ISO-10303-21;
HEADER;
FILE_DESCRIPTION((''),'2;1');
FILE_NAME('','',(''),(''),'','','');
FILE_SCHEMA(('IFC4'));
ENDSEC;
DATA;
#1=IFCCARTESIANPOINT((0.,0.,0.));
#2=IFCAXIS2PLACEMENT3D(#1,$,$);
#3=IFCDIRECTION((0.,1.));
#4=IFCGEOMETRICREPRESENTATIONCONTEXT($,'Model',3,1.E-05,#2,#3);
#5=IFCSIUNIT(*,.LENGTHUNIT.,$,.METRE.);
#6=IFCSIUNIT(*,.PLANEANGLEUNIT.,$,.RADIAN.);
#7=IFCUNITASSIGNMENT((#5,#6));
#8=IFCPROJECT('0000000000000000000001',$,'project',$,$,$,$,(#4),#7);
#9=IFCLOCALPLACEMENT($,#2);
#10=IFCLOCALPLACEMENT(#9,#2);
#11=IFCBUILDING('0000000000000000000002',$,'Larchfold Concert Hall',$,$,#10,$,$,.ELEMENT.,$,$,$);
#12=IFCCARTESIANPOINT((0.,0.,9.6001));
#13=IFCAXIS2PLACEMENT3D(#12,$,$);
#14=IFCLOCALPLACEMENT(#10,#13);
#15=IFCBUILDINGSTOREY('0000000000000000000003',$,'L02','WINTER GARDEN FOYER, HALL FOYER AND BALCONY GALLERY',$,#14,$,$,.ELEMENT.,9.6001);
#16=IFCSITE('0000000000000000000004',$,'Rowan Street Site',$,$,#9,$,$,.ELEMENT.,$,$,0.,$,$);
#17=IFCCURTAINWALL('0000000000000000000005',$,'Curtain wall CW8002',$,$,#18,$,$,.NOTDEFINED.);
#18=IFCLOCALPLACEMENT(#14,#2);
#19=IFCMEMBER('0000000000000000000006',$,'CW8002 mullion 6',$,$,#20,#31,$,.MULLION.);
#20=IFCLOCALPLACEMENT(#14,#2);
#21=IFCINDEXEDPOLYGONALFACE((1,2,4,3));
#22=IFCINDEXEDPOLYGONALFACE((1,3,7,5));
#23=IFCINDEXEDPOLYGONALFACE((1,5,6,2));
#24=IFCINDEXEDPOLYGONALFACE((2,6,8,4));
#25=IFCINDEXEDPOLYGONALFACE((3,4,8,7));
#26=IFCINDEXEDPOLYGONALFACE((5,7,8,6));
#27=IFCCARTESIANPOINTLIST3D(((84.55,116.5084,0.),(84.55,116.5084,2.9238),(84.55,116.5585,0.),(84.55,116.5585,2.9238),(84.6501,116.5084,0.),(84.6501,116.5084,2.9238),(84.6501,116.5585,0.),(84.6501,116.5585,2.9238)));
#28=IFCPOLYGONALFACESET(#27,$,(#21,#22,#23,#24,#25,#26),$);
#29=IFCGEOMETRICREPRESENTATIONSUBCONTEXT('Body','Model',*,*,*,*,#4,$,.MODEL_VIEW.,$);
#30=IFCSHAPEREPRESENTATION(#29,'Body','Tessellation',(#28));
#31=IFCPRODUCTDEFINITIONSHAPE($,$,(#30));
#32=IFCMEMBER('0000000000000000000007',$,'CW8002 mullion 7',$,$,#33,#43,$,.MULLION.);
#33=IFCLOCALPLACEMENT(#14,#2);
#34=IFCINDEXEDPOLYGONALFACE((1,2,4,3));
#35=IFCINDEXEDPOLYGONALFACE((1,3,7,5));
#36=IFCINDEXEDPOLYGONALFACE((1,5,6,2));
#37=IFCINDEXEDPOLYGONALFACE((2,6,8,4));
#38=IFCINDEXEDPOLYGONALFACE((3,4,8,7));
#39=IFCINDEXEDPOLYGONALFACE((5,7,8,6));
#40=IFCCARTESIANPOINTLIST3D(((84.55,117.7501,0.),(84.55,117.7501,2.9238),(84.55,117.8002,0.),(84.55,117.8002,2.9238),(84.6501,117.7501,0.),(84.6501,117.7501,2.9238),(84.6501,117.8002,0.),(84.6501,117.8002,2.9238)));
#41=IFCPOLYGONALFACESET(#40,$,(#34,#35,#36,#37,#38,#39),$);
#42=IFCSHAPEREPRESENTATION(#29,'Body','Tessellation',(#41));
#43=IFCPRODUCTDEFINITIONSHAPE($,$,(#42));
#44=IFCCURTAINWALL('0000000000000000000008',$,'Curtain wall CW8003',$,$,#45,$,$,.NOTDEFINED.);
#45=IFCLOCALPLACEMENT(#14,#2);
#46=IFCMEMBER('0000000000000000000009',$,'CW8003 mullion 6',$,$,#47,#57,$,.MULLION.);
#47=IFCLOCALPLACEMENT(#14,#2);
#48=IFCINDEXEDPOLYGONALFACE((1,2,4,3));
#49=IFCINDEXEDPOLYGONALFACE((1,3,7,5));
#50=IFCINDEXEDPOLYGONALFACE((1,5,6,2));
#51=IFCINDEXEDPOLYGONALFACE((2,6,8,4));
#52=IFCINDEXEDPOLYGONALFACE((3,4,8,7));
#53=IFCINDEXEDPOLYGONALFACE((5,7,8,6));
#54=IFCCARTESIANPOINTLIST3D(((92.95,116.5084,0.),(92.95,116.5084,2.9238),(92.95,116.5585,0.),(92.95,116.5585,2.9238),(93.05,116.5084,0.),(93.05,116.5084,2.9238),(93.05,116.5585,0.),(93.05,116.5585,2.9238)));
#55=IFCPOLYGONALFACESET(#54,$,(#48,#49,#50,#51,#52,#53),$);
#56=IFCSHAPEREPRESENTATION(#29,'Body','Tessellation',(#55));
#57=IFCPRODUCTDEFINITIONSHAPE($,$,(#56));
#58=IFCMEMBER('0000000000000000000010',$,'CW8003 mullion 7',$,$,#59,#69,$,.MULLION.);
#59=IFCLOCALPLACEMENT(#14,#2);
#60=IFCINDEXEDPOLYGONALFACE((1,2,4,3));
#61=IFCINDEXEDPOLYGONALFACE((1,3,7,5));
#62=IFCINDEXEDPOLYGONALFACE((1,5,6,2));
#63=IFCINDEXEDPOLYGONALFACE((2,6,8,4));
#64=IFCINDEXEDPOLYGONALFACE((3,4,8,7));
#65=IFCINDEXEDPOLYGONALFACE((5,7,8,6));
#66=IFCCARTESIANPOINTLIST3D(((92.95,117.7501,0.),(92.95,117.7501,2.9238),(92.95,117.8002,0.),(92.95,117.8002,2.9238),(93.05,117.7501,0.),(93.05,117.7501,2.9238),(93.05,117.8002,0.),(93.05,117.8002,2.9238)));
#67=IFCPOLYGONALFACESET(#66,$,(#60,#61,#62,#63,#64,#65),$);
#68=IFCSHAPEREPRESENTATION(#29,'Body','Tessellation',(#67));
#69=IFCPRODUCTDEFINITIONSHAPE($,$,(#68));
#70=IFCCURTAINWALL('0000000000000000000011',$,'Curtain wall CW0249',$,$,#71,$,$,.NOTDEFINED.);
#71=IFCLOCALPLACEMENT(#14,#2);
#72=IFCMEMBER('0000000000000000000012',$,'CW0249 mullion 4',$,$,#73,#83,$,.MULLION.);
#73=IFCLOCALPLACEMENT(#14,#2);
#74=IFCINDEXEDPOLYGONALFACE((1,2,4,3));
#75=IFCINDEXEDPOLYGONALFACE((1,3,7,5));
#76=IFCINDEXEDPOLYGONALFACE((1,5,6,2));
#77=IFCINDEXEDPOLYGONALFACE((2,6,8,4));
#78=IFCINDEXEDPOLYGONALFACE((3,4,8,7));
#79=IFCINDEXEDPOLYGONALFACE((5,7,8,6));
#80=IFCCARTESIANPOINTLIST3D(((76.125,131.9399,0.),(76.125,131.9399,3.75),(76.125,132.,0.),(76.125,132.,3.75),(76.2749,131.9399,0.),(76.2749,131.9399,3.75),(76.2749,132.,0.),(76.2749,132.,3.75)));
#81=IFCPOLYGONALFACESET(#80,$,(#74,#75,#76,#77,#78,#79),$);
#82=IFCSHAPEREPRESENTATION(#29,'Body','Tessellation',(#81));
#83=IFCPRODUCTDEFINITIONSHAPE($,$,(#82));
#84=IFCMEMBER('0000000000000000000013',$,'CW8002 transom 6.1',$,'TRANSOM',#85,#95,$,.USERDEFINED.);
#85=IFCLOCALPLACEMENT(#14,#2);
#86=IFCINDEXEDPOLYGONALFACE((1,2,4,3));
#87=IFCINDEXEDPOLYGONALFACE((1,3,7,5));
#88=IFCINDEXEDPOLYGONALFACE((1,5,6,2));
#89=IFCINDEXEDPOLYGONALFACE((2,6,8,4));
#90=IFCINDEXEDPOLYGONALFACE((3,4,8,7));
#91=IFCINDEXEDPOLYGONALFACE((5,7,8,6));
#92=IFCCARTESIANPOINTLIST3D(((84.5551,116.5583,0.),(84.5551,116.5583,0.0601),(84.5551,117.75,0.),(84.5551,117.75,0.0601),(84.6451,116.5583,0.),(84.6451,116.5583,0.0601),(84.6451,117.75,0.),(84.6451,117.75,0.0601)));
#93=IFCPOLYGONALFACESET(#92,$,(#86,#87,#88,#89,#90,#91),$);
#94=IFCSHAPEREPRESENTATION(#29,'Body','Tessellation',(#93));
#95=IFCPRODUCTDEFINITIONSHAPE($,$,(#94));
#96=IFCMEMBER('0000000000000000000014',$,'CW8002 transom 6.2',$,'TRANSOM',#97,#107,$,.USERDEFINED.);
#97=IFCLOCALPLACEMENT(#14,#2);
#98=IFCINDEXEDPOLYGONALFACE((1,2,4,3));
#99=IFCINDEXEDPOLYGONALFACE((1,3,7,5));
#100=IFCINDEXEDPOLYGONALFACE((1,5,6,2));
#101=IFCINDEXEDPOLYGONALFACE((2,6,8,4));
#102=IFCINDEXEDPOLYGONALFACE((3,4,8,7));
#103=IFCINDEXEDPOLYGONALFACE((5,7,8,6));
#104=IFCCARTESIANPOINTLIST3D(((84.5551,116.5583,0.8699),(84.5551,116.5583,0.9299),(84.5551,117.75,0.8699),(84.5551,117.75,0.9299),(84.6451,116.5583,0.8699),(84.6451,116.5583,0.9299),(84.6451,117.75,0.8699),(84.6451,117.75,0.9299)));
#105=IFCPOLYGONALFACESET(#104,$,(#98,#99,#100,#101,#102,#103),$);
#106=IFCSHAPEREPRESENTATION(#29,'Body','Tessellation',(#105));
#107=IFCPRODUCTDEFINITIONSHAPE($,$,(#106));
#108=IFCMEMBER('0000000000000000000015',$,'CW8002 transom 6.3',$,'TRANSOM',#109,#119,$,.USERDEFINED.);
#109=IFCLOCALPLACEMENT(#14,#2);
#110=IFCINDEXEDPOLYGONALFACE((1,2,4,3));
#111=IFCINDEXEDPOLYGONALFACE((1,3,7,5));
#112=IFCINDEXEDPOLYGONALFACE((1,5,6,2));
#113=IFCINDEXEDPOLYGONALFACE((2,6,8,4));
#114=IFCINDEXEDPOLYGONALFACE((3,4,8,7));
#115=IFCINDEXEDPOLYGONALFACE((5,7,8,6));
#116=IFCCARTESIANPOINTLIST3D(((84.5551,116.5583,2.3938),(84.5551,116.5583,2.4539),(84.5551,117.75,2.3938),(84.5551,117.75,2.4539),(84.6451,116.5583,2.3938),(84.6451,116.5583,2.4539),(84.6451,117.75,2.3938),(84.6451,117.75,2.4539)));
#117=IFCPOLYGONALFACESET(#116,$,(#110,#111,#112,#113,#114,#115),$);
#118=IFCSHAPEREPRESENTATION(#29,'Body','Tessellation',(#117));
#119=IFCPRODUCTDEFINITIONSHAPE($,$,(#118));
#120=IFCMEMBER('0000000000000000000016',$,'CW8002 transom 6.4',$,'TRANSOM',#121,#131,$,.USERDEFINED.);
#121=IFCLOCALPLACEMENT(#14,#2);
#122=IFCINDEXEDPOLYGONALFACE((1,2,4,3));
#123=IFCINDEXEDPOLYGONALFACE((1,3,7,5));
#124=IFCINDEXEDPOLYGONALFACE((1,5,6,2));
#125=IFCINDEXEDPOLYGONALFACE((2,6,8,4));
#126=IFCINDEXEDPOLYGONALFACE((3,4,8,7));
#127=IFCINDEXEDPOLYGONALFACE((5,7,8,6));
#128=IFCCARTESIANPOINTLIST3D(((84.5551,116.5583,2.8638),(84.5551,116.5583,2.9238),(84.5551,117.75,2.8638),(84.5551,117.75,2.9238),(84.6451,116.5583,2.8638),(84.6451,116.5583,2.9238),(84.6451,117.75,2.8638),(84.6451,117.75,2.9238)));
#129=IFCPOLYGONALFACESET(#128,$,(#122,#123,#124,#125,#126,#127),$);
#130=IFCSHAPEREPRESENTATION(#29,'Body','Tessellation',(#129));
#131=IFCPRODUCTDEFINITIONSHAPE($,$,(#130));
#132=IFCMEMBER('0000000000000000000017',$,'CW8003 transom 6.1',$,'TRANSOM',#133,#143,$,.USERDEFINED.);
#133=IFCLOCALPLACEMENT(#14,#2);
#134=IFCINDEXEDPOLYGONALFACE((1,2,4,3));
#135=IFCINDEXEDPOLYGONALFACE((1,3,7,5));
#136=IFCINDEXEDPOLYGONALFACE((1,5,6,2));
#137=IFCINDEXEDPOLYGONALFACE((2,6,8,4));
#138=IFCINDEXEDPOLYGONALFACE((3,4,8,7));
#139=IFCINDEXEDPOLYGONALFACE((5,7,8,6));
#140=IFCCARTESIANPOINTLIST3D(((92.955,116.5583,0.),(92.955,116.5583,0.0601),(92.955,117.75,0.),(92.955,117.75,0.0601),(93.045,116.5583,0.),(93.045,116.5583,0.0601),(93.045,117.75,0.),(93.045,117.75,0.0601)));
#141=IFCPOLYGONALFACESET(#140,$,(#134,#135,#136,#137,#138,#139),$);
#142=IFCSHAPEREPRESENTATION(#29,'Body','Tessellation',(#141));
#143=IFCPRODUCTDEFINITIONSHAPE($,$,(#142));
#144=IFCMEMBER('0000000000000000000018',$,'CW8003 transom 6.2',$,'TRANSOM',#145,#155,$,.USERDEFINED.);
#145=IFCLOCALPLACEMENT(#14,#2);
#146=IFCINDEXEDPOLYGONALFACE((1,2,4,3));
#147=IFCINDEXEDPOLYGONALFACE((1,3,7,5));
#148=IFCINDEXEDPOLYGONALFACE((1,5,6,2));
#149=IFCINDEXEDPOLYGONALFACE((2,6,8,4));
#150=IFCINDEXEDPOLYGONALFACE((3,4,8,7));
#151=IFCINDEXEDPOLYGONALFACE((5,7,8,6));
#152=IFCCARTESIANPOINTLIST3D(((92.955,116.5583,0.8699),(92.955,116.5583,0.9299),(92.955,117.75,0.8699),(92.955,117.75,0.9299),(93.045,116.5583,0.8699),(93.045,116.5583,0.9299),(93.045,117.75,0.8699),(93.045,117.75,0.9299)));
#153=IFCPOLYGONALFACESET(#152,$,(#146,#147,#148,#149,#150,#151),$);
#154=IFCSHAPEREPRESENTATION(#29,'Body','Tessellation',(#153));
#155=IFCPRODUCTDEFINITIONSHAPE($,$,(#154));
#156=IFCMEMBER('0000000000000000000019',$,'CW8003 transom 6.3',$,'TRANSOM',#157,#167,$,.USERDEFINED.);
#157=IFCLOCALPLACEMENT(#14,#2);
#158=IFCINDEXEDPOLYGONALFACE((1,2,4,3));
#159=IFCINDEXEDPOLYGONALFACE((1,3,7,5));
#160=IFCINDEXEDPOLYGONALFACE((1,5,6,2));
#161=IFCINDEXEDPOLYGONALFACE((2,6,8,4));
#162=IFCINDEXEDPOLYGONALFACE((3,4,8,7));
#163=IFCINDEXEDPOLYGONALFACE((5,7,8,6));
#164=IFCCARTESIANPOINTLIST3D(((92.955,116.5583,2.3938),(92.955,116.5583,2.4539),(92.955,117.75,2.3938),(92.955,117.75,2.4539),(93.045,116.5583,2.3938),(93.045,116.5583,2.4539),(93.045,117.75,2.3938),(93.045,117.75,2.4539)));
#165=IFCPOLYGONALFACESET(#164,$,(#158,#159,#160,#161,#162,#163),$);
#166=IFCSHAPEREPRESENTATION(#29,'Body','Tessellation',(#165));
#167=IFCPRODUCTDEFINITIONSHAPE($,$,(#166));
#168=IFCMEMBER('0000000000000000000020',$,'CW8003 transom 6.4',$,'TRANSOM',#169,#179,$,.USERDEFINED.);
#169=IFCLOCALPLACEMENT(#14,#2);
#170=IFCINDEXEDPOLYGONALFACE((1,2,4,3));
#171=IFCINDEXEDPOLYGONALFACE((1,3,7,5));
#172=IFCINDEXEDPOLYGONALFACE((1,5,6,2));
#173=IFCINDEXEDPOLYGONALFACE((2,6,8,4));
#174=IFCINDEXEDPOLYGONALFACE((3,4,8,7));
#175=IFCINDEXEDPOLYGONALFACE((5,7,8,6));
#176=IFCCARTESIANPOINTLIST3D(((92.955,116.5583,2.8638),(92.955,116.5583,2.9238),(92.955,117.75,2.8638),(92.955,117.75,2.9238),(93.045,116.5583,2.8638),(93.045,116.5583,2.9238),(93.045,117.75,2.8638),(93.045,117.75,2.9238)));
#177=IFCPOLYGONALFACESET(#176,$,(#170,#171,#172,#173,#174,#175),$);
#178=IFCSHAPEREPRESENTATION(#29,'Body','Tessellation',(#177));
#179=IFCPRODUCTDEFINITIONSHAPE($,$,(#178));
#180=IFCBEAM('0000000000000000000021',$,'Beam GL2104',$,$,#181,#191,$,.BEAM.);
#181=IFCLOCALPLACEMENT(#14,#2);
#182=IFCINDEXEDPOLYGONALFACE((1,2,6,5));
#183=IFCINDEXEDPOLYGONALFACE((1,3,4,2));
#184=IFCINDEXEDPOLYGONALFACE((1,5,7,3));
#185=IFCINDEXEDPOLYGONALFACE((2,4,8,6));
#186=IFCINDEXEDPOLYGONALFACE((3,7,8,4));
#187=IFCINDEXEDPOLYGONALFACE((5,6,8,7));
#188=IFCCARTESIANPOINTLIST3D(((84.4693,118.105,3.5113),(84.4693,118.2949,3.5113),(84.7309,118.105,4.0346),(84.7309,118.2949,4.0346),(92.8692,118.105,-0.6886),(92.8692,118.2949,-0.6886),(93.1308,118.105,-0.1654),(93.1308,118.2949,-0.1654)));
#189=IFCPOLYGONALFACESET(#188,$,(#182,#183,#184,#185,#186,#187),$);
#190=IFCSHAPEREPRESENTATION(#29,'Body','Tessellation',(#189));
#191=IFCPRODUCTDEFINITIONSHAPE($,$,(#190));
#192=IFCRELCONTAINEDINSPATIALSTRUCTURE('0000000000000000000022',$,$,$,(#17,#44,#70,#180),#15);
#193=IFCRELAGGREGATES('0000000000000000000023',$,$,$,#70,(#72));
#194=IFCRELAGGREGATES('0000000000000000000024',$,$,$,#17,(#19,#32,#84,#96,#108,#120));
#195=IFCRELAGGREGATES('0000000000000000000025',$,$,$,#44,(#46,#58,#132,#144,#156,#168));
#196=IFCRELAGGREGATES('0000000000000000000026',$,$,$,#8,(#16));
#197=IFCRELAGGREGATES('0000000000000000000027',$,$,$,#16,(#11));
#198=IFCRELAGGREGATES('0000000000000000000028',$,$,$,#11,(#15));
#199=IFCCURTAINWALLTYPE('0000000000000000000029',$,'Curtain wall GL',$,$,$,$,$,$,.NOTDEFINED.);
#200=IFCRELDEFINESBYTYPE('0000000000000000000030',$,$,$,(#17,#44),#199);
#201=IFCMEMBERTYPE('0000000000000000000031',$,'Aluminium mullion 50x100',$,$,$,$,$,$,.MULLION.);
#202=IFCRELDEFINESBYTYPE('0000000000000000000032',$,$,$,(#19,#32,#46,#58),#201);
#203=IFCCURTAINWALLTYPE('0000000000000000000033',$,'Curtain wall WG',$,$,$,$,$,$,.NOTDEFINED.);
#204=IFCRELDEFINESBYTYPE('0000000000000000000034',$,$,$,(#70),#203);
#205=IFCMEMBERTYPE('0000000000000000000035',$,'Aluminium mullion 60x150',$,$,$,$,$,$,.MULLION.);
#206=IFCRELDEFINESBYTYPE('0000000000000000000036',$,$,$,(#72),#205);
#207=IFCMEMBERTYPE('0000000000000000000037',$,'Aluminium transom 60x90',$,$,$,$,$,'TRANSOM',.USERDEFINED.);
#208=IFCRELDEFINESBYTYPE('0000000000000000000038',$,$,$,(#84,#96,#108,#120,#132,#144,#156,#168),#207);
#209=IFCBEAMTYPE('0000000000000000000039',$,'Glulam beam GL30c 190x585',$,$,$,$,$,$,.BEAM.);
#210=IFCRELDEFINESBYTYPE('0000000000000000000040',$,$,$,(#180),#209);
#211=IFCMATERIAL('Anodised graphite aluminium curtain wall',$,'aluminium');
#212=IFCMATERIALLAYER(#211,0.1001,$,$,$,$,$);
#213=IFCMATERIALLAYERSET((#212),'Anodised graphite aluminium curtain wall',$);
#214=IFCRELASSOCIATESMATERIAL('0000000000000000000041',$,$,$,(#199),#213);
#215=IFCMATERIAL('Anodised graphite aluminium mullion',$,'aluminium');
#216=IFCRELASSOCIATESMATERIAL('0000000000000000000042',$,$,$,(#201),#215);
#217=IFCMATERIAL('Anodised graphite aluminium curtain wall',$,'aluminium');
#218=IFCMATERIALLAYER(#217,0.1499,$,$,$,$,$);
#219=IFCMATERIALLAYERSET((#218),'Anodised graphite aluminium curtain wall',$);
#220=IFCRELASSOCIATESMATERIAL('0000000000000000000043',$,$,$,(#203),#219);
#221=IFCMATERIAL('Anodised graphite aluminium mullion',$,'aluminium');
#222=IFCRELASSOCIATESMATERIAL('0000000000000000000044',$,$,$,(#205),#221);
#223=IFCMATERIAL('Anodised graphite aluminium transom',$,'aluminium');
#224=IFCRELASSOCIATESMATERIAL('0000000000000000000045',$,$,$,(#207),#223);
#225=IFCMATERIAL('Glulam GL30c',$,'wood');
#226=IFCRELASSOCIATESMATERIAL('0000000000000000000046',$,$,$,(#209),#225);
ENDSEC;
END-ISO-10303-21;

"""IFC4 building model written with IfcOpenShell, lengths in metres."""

from ifc_helpers import new_model, si_unit, direction, frame, origin, origin_2d, place, context, subcontext, project, spatial, rectangle, extrude, material, layer, layer_set, material_profile, profile_set, type_object, element, aggregate, save


model = new_model("IFC4")

# Units and contexts
model_context = context("Model", 3, precision=1e-05, world=origin(), true_north=direction((0.0, 1.0)))
body_context = subcontext(model_context, "Body", "Model", "MODEL_VIEW")
ifc_project = project(units=[si_unit("LENGTHUNIT", "METRE"), si_unit("PLANEANGLEUNIT", "RADIAN")], contexts=[model_context])

# Site, building, storey
site_placement = place(None, origin())
site = spatial("IfcSite", under=ifc_project, at=site_placement, Name="Rowan Street Site", CompositionType="ELEMENT", RefElevation=0.0)
building_placement = place(site_placement, origin())
building = spatial("IfcBuilding", under=site, at=building_placement, Name="Larchfold Concert Hall", CompositionType="ELEMENT")
storey_placement = place(building_placement, frame((0.0, 0.0, 9.6001)))
storey = spatial("IfcBuildingStorey", under=building, at=storey_placement, Name="L02", Description="WINTER GARDEN FOYER, HALL FOYER AND BALCONY GALLERY", CompositionType="ELEMENT", Elevation=9.6001)

# Curtain walls, members
ifc_material_1 = material(Name="Anodised graphite aluminium curtain wall", Category="aluminium")
ifc_layer_1 = layer(ifc_material_1, 0.1001)
ifc_layer_set_1 = layer_set([ifc_layer_1], Name="Anodised graphite aluminium curtain wall")
curtain_wall_type_1 = type_object("IfcCurtainWallType", Name="Curtain wall GL", PredefinedType="NOTDEFINED", material=ifc_layer_set_1)
curtain_wall_1_placement = place(storey_placement, origin())
curtain_wall_1 = element("IfcCurtainWall", 1, at=curtain_wall_1_placement, inside=storey, type_object=curtain_wall_type_1, Name="Curtain wall CW8002", PredefinedType="NOTDEFINED")
ifc_material_2 = material(Name="Anodised graphite aluminium mullion", Category="aluminium")
ifc_material_profile_1 = material_profile(ifc_material_2, rectangle(XDim=0.1001, YDim=0.05, at=origin_2d()))
ifc_profile_set_1 = profile_set([ifc_material_profile_1], Name="Anodised graphite aluminium mullion")
member_type_1 = type_object("IfcMemberType", Name="Aluminium mullion 50x100", PredefinedType="MULLION", material=ifc_profile_set_1)
member_1_placement = place(storey_placement, frame((84.6001, 116.5334, 0.0), z_axis=(0.0, 0.0, 1.0), x_axis=(-1.0, 0.0, 0.0)))
member_1 = element("IfcMember", 2, at=member_1_placement, type_object=member_type_1, Name="CW8002 mullion 6", PredefinedType="MULLION", context=body_context, shape_type="SweptSolid", body=[
    extrude(rectangle(XDim=0.1001, YDim=0.05, at=origin_2d()), origin(), (0.0, 0.0, 1.0), 2.9238),
])
member_2_placement = place(storey_placement, frame((84.6001, 117.7751, 0.0), z_axis=(0.0, 0.0, 1.0), x_axis=(-1.0, 0.0, 0.0)))
member_2 = element("IfcMember", 3, at=member_2_placement, type_object=member_type_1, Name="CW8002 mullion 7", PredefinedType="MULLION", context=body_context, shape_type="SweptSolid", body=[
    extrude(rectangle(XDim=0.1001, YDim=0.05, at=origin_2d()), origin(), (0.0, 0.0, 1.0), 2.9238),
])
curtain_wall_2_placement = place(storey_placement, origin())
curtain_wall_2 = element("IfcCurtainWall", 4, at=curtain_wall_2_placement, inside=storey, type_object=curtain_wall_type_1, Name="Curtain wall CW8003", PredefinedType="NOTDEFINED")
member_3_placement = place(storey_placement, frame((93.0, 116.5334, 0.0), z_axis=(0.0, 0.0, 1.0), x_axis=(-1.0, 0.0, 0.0)))
member_3 = element("IfcMember", 5, at=member_3_placement, type_object=member_type_1, Name="CW8003 mullion 6", PredefinedType="MULLION", context=body_context, shape_type="SweptSolid", body=[
    extrude(rectangle(XDim=0.1001, YDim=0.05, at=origin_2d()), origin(), (0.0, 0.0, 1.0), 2.9238),
])
member_4_placement = place(storey_placement, frame((93.0, 117.7751, 0.0), z_axis=(0.0, 0.0, 1.0), x_axis=(-1.0, 0.0, 0.0)))
member_4 = element("IfcMember", 6, at=member_4_placement, type_object=member_type_1, Name="CW8003 mullion 7", PredefinedType="MULLION", context=body_context, shape_type="SweptSolid", body=[
    extrude(rectangle(XDim=0.1001, YDim=0.05, at=origin_2d()), origin(), (0.0, 0.0, 1.0), 2.9238),
])

# Curtain wall, member
ifc_material_3 = material(Name="Anodised graphite aluminium curtain wall", Category="aluminium")
ifc_layer_2 = layer(ifc_material_3, 0.1499)
ifc_layer_set_2 = layer_set([ifc_layer_2], Name="Anodised graphite aluminium curtain wall")
curtain_wall_type_2 = type_object("IfcCurtainWallType", Name="Curtain wall WG", PredefinedType="NOTDEFINED", material=ifc_layer_set_2)
curtain_wall_3_placement = place(storey_placement, origin())
curtain_wall_3 = element("IfcCurtainWall", 7, at=curtain_wall_3_placement, inside=storey, type_object=curtain_wall_type_2, Name="Curtain wall CW0249", PredefinedType="NOTDEFINED")
ifc_material_4 = material(Name="Anodised graphite aluminium mullion", Category="aluminium")
ifc_material_profile_2 = material_profile(ifc_material_4, rectangle(XDim=0.1499, YDim=0.0601, at=origin_2d()))
ifc_profile_set_2 = profile_set([ifc_material_profile_2], Name="Anodised graphite aluminium mullion")
member_type_2 = type_object("IfcMemberType", Name="Aluminium mullion 60x150", PredefinedType="MULLION", material=ifc_profile_set_2)
member_5_placement = place(storey_placement, frame((76.2, 131.97, 0.0), z_axis=(0.0, 0.0, 1.0), x_axis=(-1.0, 0.0, 0.0)))
member_5 = element("IfcMember", 8, at=member_5_placement, type_object=member_type_2, Name="CW0249 mullion 4", PredefinedType="MULLION", context=body_context, shape_type="SweptSolid", body=[
    extrude(rectangle(XDim=0.1499, YDim=0.0601, at=origin_2d()), origin(), (0.0, 0.0, 1.0), 3.75),
])
aggregate(curtain_wall_3, [member_5])

# Members
ifc_material_5 = material(Name="Anodised graphite aluminium transom", Category="aluminium")
ifc_material_profile_3 = material_profile(ifc_material_5, rectangle(XDim=0.0901, YDim=0.0601, at=origin_2d()))
ifc_profile_set_3 = profile_set([ifc_material_profile_3], Name="Anodised graphite aluminium transom")
member_type_3 = type_object("IfcMemberType", Name="Aluminium transom 60x90", ElementType="TRANSOM", PredefinedType="USERDEFINED", material=ifc_profile_set_3)
member_6_placement = place(storey_placement, frame((84.6001, 116.5583, 0.03), z_axis=(0.0, 1.0, 0.0), x_axis=(-1.0, 0.0, 0.0)))
member_6 = element("IfcMember", 9, at=member_6_placement, type_object=member_type_3, Name="CW8002 transom 6.1", ObjectType="TRANSOM", PredefinedType="USERDEFINED", context=body_context, shape_type="SweptSolid", body=[
    extrude(rectangle(XDim=0.0901, YDim=0.0601, at=origin_2d()), origin(), (0.0, 0.0, 1.0), 1.1917),
])
member_7_placement = place(storey_placement, frame((84.6001, 116.5583, 0.8999), z_axis=(0.0, 1.0, 0.0), x_axis=(-1.0, 0.0, 0.0)))
member_7 = element("IfcMember", 10, at=member_7_placement, type_object=member_type_3, Name="CW8002 transom 6.2", ObjectType="TRANSOM", PredefinedType="USERDEFINED", context=body_context, shape_type="SweptSolid", body=[
    extrude(rectangle(XDim=0.0901, YDim=0.0601, at=origin_2d()), origin(), (0.0, 0.0, 1.0), 1.1917),
])
member_8_placement = place(storey_placement, frame((84.6001, 116.5583, 2.4238), z_axis=(0.0, 1.0, 0.0), x_axis=(-1.0, 0.0, 0.0)))
member_8 = element("IfcMember", 11, at=member_8_placement, type_object=member_type_3, Name="CW8002 transom 6.3", ObjectType="TRANSOM", PredefinedType="USERDEFINED", context=body_context, shape_type="SweptSolid", body=[
    extrude(rectangle(XDim=0.0901, YDim=0.0601, at=origin_2d()), origin(), (0.0, 0.0, 1.0), 1.1917),
])
member_9_placement = place(storey_placement, frame((84.6001, 116.5583, 2.8938), z_axis=(0.0, 1.0, 0.0), x_axis=(-1.0, 0.0, 0.0)))
member_9 = element("IfcMember", 12, at=member_9_placement, type_object=member_type_3, Name="CW8002 transom 6.4", ObjectType="TRANSOM", PredefinedType="USERDEFINED", context=body_context, shape_type="SweptSolid", body=[
    extrude(rectangle(XDim=0.0901, YDim=0.0601, at=origin_2d()), origin(), (0.0, 0.0, 1.0), 1.1917),
])
member_10_placement = place(storey_placement, frame((93.0, 116.5583, 0.03), z_axis=(0.0, 1.0, 0.0), x_axis=(-1.0, 0.0, 0.0)))
member_10 = element("IfcMember", 13, at=member_10_placement, type_object=member_type_3, Name="CW8003 transom 6.1", ObjectType="TRANSOM", PredefinedType="USERDEFINED", context=body_context, shape_type="SweptSolid", body=[
    extrude(rectangle(XDim=0.0901, YDim=0.0601, at=origin_2d()), origin(), (0.0, 0.0, 1.0), 1.1917),
])
member_11_placement = place(storey_placement, frame((93.0, 116.5583, 0.8999), z_axis=(0.0, 1.0, 0.0), x_axis=(-1.0, 0.0, 0.0)))
member_11 = element("IfcMember", 14, at=member_11_placement, type_object=member_type_3, Name="CW8003 transom 6.2", ObjectType="TRANSOM", PredefinedType="USERDEFINED", context=body_context, shape_type="SweptSolid", body=[
    extrude(rectangle(XDim=0.0901, YDim=0.0601, at=origin_2d()), origin(), (0.0, 0.0, 1.0), 1.1917),
])
member_12_placement = place(storey_placement, frame((93.0, 116.5583, 2.4238), z_axis=(0.0, 1.0, 0.0), x_axis=(-1.0, 0.0, 0.0)))
member_12 = element("IfcMember", 15, at=member_12_placement, type_object=member_type_3, Name="CW8003 transom 6.3", ObjectType="TRANSOM", PredefinedType="USERDEFINED", context=body_context, shape_type="SweptSolid", body=[
    extrude(rectangle(XDim=0.0901, YDim=0.0601, at=origin_2d()), origin(), (0.0, 0.0, 1.0), 1.1917),
])
member_13_placement = place(storey_placement, frame((93.0, 116.5583, 2.8938), z_axis=(0.0, 1.0, 0.0), x_axis=(-1.0, 0.0, 0.0)))
member_13 = element("IfcMember", 16, at=member_13_placement, type_object=member_type_3, Name="CW8003 transom 6.4", ObjectType="TRANSOM", PredefinedType="USERDEFINED", context=body_context, shape_type="SweptSolid", body=[
    extrude(rectangle(XDim=0.0901, YDim=0.0601, at=origin_2d()), origin(), (0.0, 0.0, 1.0), 1.1917),
])

# Beam
ifc_material_6 = material(Name="Glulam GL30c", Category="wood")
ifc_material_profile_4 = material_profile(ifc_material_6, rectangle(XDim=0.1899, YDim=0.585, at=origin_2d()))
ifc_profile_set_4 = profile_set([ifc_material_profile_4], Name="Glulam GL30c")
beam_type = type_object("IfcBeamType", Name="Glulam beam GL30c 190x585", PredefinedType="BEAM", material=ifc_profile_set_4)
for number, where, z_axis, x_axis, name in (
    (17, (84.6001, 118.2, 3.7729), (0.894427, 0.0, -0.447214), (0.0, 1.0, 0.0), "Beam GL2104"),
):
    element("IfcBeam", number, at=place(storey_placement, frame(where, z_axis=z_axis, x_axis=x_axis)), inside=storey, type_object=beam_type, Name=name, PredefinedType="BEAM", context=body_context, shape_type="SweptSolid", body=[
        extrude(rectangle(XDim=0.1899, YDim=0.585, at=origin_2d()), origin(), (0.0, 0.0, 1.0), 9.3914),
    ])

aggregate(curtain_wall_1, [member_1, member_2, member_6, member_7, member_8, member_9])
aggregate(curtain_wall_2, [member_3, member_4, member_10, member_11, member_12, member_13])

save(model, "model.ifc")
